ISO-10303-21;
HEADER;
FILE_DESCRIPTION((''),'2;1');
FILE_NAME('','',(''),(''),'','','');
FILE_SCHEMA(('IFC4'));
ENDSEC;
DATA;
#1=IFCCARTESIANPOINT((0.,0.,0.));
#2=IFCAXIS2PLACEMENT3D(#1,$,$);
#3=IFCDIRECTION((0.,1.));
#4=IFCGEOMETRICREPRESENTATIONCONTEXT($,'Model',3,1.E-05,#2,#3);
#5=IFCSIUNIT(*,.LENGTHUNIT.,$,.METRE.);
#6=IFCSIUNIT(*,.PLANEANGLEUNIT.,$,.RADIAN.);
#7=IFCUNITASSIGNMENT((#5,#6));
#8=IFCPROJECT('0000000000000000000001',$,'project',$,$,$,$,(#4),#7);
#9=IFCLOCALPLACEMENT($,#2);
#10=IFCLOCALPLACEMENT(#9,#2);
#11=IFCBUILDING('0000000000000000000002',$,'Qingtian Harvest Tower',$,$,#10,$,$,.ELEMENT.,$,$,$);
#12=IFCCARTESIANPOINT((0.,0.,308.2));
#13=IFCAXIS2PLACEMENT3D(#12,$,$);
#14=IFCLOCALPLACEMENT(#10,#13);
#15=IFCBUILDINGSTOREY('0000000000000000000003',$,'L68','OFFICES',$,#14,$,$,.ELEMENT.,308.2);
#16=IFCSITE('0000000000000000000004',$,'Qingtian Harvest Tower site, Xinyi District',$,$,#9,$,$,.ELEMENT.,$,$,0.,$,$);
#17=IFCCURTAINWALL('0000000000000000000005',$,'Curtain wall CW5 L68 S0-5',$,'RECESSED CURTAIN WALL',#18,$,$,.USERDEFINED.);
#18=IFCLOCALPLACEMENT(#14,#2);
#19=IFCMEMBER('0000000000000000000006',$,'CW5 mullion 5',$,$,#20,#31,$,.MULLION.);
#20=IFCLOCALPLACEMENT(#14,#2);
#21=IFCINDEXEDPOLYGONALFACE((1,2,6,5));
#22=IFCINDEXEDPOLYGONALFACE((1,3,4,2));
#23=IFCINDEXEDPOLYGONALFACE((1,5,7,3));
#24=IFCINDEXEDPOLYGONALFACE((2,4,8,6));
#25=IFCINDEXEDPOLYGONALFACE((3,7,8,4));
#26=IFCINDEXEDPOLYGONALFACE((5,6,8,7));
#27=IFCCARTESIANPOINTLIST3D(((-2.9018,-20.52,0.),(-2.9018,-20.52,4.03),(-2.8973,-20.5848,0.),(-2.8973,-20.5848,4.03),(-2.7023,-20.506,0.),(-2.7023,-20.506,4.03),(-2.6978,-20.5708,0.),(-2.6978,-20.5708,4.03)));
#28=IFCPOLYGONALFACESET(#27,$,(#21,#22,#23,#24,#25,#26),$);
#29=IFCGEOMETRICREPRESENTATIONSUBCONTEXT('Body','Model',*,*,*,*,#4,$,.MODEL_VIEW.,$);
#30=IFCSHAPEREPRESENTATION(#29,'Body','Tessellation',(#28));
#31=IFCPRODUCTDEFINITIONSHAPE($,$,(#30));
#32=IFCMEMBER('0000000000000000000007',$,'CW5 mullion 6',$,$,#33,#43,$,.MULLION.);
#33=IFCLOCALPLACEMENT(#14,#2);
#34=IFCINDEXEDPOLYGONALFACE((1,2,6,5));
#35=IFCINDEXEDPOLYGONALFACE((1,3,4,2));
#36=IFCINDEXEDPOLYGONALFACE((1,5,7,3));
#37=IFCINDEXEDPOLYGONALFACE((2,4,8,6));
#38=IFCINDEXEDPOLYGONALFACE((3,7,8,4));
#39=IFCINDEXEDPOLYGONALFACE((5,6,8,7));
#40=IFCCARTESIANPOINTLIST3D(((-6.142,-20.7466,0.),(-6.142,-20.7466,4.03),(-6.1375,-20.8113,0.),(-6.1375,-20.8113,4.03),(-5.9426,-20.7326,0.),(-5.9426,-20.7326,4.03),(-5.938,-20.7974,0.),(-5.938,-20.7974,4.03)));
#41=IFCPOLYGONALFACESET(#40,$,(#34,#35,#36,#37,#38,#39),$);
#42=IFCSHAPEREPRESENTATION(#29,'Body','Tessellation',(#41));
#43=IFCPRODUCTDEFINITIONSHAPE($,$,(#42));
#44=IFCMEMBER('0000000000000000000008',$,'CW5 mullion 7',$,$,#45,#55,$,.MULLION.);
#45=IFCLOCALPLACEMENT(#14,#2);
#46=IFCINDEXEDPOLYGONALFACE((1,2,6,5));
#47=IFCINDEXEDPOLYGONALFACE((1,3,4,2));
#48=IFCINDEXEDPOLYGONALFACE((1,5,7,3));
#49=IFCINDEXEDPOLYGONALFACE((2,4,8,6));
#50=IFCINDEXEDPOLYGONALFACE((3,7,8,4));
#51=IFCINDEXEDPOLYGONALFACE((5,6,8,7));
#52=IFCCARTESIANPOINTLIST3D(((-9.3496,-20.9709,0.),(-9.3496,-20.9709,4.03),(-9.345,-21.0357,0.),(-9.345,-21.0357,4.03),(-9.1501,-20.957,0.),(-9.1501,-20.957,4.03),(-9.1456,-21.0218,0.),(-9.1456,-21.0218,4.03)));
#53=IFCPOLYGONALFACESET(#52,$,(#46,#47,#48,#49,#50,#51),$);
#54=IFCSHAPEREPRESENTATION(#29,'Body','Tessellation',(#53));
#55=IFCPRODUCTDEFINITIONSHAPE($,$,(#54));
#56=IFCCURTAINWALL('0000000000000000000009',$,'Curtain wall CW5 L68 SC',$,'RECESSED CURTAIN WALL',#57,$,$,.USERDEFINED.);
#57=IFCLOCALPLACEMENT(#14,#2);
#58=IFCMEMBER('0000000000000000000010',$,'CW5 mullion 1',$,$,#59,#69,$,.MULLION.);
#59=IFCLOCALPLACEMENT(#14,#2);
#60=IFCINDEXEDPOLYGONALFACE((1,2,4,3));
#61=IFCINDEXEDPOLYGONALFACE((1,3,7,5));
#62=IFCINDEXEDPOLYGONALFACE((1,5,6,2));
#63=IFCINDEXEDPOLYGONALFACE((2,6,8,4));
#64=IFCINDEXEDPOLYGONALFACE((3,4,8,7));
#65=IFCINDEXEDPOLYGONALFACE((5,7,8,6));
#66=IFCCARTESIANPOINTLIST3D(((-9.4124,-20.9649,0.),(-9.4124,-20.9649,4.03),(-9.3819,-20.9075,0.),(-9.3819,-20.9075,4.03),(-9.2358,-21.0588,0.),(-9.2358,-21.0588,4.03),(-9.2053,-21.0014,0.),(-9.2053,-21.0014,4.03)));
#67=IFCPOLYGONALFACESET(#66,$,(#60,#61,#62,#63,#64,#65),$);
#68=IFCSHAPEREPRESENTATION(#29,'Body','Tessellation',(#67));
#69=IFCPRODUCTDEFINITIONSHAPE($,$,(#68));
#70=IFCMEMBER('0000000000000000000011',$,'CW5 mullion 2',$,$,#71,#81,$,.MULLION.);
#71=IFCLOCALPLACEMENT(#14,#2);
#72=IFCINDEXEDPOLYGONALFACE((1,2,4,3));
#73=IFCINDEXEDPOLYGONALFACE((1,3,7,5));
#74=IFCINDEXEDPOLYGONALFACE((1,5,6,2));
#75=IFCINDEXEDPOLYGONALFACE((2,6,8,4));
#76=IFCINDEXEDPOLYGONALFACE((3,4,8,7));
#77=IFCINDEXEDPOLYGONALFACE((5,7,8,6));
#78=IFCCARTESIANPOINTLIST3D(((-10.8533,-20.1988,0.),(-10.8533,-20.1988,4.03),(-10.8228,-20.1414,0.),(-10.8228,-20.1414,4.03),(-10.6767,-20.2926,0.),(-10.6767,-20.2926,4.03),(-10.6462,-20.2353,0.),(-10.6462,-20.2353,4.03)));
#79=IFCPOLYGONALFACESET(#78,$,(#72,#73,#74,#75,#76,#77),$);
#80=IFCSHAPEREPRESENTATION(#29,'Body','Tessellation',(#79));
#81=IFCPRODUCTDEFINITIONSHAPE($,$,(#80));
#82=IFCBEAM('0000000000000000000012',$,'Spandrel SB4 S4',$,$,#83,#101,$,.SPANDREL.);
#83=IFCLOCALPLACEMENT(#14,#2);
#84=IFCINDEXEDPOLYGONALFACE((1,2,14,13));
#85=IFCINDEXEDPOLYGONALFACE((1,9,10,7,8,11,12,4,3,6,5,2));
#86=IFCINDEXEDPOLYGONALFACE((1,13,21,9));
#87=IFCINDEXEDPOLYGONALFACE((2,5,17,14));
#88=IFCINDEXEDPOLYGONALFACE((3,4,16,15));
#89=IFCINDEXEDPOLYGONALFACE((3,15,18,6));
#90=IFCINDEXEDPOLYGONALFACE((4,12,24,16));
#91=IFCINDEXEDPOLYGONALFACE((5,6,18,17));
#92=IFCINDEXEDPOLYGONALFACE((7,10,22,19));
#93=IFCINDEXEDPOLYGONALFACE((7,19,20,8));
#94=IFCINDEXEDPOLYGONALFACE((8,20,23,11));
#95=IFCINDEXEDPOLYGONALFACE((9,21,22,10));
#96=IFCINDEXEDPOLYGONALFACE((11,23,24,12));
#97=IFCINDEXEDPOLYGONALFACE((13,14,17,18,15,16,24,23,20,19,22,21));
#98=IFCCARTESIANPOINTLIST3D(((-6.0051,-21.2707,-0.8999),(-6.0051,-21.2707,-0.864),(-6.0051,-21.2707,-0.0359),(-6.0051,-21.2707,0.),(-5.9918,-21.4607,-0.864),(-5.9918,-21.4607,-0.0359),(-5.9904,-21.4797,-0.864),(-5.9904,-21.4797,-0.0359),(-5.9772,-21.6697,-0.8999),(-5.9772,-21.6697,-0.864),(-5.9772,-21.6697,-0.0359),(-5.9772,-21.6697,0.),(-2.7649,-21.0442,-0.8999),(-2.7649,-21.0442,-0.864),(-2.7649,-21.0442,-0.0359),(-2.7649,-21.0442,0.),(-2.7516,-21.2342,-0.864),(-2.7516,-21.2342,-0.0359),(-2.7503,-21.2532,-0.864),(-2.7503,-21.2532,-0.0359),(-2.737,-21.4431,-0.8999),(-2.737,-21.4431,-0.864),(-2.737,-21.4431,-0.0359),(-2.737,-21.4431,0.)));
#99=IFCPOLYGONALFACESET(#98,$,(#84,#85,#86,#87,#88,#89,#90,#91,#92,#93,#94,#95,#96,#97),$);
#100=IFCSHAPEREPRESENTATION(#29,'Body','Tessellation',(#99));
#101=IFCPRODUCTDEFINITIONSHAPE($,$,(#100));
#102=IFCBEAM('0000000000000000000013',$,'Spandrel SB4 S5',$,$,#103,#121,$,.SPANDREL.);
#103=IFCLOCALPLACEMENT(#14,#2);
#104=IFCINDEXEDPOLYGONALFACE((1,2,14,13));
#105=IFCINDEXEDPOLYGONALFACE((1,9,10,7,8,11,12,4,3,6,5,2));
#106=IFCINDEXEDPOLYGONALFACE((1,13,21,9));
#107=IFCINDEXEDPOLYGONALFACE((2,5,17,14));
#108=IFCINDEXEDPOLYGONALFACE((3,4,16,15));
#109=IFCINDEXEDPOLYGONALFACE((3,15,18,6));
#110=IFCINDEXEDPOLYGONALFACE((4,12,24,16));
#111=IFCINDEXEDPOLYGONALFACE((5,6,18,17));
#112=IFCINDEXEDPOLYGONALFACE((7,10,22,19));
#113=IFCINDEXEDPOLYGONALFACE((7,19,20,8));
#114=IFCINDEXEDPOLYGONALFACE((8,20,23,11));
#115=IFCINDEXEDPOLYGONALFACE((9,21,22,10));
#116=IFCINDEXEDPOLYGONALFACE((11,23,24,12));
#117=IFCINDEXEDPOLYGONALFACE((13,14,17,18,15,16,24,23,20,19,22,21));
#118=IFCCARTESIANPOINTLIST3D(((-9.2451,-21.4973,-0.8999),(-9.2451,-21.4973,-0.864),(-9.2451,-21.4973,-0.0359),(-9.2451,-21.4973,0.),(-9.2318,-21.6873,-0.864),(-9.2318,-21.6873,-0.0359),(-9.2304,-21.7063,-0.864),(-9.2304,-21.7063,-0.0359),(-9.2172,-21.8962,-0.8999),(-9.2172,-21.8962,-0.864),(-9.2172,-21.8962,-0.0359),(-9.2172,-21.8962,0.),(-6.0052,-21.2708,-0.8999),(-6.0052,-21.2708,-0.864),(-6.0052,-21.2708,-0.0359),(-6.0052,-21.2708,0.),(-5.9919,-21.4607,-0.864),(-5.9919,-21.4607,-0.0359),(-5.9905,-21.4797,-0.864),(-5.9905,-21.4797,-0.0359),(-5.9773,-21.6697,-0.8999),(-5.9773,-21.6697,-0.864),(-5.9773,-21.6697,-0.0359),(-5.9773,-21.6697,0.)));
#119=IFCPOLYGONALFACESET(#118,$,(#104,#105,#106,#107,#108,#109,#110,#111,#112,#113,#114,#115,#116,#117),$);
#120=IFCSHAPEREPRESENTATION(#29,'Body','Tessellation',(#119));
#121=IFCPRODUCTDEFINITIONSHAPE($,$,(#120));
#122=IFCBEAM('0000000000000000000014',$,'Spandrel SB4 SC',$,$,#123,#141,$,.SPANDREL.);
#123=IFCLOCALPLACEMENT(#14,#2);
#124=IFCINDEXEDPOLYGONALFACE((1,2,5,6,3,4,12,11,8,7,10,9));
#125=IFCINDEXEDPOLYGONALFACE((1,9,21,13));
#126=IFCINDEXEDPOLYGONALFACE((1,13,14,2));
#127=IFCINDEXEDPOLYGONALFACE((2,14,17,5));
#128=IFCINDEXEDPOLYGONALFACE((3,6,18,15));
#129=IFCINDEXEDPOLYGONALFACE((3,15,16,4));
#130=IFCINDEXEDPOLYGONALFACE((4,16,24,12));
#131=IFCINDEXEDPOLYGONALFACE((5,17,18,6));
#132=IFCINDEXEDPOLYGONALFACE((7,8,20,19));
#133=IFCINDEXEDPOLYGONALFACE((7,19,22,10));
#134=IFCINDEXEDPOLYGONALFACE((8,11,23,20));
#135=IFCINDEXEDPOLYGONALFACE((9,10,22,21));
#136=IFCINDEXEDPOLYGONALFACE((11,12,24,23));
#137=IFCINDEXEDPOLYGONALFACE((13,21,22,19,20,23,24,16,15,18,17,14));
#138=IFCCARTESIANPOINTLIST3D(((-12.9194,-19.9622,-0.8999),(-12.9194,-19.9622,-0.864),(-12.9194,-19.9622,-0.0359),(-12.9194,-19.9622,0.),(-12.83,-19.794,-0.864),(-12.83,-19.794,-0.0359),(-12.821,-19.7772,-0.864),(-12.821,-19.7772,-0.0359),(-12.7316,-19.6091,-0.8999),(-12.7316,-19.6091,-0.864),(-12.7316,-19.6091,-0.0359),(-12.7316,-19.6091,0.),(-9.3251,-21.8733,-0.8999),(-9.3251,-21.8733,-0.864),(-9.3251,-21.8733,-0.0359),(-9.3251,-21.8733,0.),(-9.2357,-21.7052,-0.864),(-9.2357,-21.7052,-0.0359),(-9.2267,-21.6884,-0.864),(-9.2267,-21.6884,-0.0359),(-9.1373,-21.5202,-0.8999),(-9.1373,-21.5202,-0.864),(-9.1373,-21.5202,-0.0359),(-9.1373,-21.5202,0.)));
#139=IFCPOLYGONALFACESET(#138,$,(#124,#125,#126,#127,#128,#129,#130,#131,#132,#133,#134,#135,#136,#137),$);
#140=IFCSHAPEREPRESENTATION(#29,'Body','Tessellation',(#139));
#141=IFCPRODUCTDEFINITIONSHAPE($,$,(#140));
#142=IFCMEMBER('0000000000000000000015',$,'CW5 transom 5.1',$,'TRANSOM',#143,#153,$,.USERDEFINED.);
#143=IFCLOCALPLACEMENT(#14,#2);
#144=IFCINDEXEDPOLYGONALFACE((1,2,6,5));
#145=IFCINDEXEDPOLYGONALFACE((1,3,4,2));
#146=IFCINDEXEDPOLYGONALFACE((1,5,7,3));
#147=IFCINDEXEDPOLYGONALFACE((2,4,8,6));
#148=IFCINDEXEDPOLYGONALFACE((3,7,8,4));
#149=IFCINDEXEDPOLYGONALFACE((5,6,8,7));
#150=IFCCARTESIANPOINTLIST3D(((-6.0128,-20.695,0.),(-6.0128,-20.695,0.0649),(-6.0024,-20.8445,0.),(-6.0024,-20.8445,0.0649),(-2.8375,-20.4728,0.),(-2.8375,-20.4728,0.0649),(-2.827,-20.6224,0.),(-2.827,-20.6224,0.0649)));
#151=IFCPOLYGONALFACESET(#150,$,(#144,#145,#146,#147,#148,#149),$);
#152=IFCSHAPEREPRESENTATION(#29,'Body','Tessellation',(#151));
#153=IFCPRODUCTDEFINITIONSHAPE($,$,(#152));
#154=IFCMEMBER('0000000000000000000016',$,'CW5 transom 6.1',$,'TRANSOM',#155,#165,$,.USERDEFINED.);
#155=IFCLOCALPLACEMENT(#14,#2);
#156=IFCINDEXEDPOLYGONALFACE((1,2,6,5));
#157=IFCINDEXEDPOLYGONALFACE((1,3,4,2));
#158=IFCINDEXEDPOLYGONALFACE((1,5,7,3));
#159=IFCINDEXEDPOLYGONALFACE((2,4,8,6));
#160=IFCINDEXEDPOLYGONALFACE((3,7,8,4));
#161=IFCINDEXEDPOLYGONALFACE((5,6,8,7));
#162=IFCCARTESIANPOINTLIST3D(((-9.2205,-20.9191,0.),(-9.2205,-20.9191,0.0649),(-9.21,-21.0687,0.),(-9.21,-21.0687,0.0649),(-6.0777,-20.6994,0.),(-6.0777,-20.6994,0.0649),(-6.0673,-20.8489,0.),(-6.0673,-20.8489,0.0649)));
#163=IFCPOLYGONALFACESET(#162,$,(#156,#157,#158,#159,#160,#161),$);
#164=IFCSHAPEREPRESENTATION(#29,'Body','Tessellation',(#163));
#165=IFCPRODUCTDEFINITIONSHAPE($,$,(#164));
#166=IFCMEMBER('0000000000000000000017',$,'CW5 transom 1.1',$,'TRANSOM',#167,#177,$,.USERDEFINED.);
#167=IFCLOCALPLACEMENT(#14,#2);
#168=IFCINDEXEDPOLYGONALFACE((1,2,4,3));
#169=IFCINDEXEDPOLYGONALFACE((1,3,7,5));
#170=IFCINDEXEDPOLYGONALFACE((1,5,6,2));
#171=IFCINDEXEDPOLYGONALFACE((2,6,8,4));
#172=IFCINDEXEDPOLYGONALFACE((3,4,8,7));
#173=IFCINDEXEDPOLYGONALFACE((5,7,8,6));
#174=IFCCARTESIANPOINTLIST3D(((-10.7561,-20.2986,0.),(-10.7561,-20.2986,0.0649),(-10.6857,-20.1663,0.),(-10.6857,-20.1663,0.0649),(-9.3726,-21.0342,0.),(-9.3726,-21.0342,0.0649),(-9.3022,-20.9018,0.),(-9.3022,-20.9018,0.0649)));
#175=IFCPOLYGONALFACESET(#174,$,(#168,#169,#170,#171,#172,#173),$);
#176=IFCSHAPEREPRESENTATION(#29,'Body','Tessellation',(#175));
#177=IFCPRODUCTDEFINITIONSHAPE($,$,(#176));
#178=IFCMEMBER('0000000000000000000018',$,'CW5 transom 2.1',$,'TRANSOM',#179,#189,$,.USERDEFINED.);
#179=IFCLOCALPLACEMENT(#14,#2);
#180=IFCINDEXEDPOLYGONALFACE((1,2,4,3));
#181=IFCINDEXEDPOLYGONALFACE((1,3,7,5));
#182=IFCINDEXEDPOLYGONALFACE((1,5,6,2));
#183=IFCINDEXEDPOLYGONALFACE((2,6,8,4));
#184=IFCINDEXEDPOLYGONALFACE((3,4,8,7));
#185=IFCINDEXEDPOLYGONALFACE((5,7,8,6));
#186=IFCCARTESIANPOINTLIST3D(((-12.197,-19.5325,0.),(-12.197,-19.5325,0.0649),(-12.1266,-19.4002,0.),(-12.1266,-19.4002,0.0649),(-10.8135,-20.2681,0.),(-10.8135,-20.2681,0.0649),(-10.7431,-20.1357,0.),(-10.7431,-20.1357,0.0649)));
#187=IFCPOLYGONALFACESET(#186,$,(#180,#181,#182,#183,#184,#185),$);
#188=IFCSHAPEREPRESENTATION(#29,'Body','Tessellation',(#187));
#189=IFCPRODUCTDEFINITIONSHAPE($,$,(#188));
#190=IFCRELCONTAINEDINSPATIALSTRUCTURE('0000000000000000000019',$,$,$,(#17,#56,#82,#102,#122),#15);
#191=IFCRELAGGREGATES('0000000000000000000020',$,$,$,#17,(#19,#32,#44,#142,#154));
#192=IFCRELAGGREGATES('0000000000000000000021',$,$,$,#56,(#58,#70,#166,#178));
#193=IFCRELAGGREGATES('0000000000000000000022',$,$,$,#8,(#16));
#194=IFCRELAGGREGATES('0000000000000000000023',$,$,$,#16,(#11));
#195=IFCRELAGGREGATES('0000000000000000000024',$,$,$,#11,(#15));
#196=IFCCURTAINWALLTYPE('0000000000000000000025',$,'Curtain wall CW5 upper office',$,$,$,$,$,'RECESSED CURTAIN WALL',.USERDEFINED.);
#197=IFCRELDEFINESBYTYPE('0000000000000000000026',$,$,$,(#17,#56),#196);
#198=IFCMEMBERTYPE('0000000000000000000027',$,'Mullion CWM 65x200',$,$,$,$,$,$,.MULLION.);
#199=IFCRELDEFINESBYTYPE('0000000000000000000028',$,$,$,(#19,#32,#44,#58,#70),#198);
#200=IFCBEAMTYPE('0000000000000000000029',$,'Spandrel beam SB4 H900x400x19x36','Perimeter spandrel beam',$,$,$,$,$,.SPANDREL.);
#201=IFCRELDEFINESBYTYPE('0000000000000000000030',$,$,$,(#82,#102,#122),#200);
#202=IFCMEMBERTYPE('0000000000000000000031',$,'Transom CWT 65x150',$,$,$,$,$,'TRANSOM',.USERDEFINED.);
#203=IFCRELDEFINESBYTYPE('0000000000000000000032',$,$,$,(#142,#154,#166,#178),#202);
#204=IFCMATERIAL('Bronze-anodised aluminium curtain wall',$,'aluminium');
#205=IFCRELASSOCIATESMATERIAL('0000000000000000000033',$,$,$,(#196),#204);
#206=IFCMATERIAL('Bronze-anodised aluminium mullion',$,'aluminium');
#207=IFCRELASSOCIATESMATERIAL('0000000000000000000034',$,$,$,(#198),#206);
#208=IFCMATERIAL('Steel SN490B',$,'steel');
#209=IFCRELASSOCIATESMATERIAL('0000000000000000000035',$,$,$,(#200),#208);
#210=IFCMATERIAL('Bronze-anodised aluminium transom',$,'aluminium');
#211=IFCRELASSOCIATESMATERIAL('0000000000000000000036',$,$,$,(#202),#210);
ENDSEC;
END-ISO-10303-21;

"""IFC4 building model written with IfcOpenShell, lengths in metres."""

from ifc_helpers import new_model, si_unit, direction, frame, origin, origin_2d, place, context, subcontext, project, spatial, rectangle, i_section, extrude, material, material_profile, profile_set, type_object, element, aggregate, save


model = new_model("IFC4")

# Units and contexts
model_context = context("Model", 3, precision=1e-05, world=origin(), true_north=direction((0.0, 1.0)))
body_context = subcontext(model_context, "Body", "Model", "MODEL_VIEW")
ifc_project = project(units=[si_unit("LENGTHUNIT", "METRE"), si_unit("PLANEANGLEUNIT", "RADIAN")], contexts=[model_context])

# Site, building, storey
site_placement = place(None, origin())
site = spatial("IfcSite", under=ifc_project, at=site_placement, Name="Qingtian Harvest Tower site, Xinyi District", CompositionType="ELEMENT", RefElevation=0.0)
building_placement = place(site_placement, origin())
building = spatial("IfcBuilding", under=site, at=building_placement, Name="Qingtian Harvest Tower", CompositionType="ELEMENT")
storey_placement = place(building_placement, frame((0.0, 0.0, 308.2)))
storey = spatial("IfcBuildingStorey", under=building, at=storey_placement, Name="L68", Description="OFFICES", CompositionType="ELEMENT", Elevation=308.2)

# Curtain walls, members
ifc_material_1 = material(Name="Bronze-anodised aluminium curtain wall", Category="aluminium")
curtain_wall_type = type_object("IfcCurtainWallType", Name="Curtain wall CW5 upper office", ElementType="RECESSED CURTAIN WALL", PredefinedType="USERDEFINED", material=ifc_material_1)
curtain_wall_1_placement = place(storey_placement, origin())
curtain_wall_1 = element("IfcCurtainWall", 1, at=curtain_wall_1_placement, inside=storey, type_object=curtain_wall_type, Name="Curtain wall CW5 L68 S0-5", ObjectType="RECESSED CURTAIN WALL", PredefinedType="USERDEFINED")
ifc_material_2 = material(Name="Bronze-anodised aluminium mullion", Category="aluminium")
ifc_material_profile_1 = material_profile(ifc_material_2, rectangle(XDim=0.0649, YDim=0.2, at=origin_2d()), Name="AL 65x200")
ifc_profile_set_1 = profile_set([ifc_material_profile_1], Name="Bronze-anodised aluminium mullion")
member_type_1 = type_object("IfcMemberType", Name="Mullion CWM 65x200", PredefinedType="MULLION", material=ifc_profile_set_1)
member_1_placement = place(storey_placement, frame((-2.7998, -20.5454, 0.0), z_axis=(0.0, 0.0, 1.0), x_axis=(0.069756, -0.997564, 0.0)))
member_1 = element("IfcMember", 2, at=member_1_placement, type_object=member_type_1, Name="CW5 mullion 5", PredefinedType="MULLION", context=body_context, shape_type="SweptSolid", body=[
    extrude(rectangle(XDim=0.0649, YDim=0.2, at=origin_2d()), origin(), (0.0, 0.0, 1.0), 4.03),
])
member_2_placement = place(storey_placement, frame((-6.04, -20.772, 0.0), z_axis=(0.0, 0.0, 1.0), x_axis=(0.069756, -0.997564, 0.0)))
member_2 = element("IfcMember", 3, at=member_2_placement, type_object=member_type_1, Name="CW5 mullion 6", PredefinedType="MULLION", context=body_context, shape_type="SweptSolid", body=[
    extrude(rectangle(XDim=0.0649, YDim=0.2, at=origin_2d()), origin(), (0.0, 0.0, 1.0), 4.03),
])
member_3_placement = place(storey_placement, frame((-9.2476, -20.9963, 0.0), z_axis=(0.0, 0.0, 1.0), x_axis=(0.069756, -0.997564, 0.0)))
member_3 = element("IfcMember", 4, at=member_3_placement, type_object=member_type_1, Name="CW5 mullion 7", PredefinedType="MULLION", context=body_context, shape_type="SweptSolid", body=[
    extrude(rectangle(XDim=0.0649, YDim=0.2, at=origin_2d()), origin(), (0.0, 0.0, 1.0), 4.03),
])
curtain_wall_2_placement = place(storey_placement, origin())
curtain_wall_2 = element("IfcCurtainWall", 5, at=curtain_wall_2_placement, inside=storey, type_object=curtain_wall_type, Name="Curtain wall CW5 L68 SC", ObjectType="RECESSED CURTAIN WALL", PredefinedType="USERDEFINED")
member_4_placement = place(storey_placement, frame((-9.3088, -20.9832, 0.0), z_axis=(0.0, 0.0, 1.0), x_axis=(-0.469472, -0.882948, 0.0)))
member_4 = element("IfcMember", 6, at=member_4_placement, type_object=member_type_1, Name="CW5 mullion 1", PredefinedType="MULLION", context=body_context, shape_type="SweptSolid", body=[
    extrude(rectangle(XDim=0.0649, YDim=0.2, at=origin_2d()), origin(), (0.0, 0.0, 1.0), 4.03),
])
member_5_placement = place(storey_placement, frame((-10.7498, -20.217, 0.0), z_axis=(0.0, 0.0, 1.0), x_axis=(-0.469472, -0.882948, 0.0)))
member_5 = element("IfcMember", 7, at=member_5_placement, type_object=member_type_1, Name="CW5 mullion 2", PredefinedType="MULLION", context=body_context, shape_type="SweptSolid", body=[
    extrude(rectangle(XDim=0.0649, YDim=0.2, at=origin_2d()), origin(), (0.0, 0.0, 1.0), 4.03),
])

# Beams
ifc_material_3 = material(Name="Steel SN490B", Category="steel")
ifc_material_profile_2 = material_profile(ifc_material_3, i_section(OverallWidth=0.3999, OverallDepth=0.8999, WebThickness=0.019, FlangeThickness=0.0359, at=origin_2d()), Name="H900x400x19x36")
ifc_profile_set_2 = profile_set([ifc_material_profile_2], Name="Steel SN490B")
beam_type_1 = type_object("IfcBeamType", Name="Spandrel beam SB4 H900x400x19x36", Description="Perimeter spandrel beam", PredefinedType="SPANDREL", material=ifc_profile_set_2)
beam_1_placement = place(storey_placement, frame((-2.751, -21.2437, -0.45), z_axis=(-0.997564, -0.069751, 0.0), x_axis=(0.069751, -0.997564, 0.0)))
element("IfcBeam", 8, at=beam_1_placement, inside=storey, type_object=beam_type_1, Name="Spandrel SB4 S4", PredefinedType="SPANDREL", context=body_context, shape_type="SweptSolid", body=[
    extrude(i_section(OverallWidth=0.3999, OverallDepth=0.8999, WebThickness=0.019, FlangeThickness=0.0359, at=origin_2d()), origin(), (0.0, 0.0, 1.0), 3.248),
])
beam_2_placement = place(storey_placement, frame((-5.9912, -21.4702, -0.45), z_axis=(-0.997564, -0.069757, 0.0), x_axis=(0.069757, -0.997564, 0.0)))
element("IfcBeam", 9, at=beam_2_placement, inside=storey, type_object=beam_type_1, Name="Spandrel SB4 S5", PredefinedType="SPANDREL", context=body_context, shape_type="SweptSolid", body=[
    extrude(i_section(OverallWidth=0.3999, OverallDepth=0.8999, WebThickness=0.019, FlangeThickness=0.0359, at=origin_2d()), origin(), (0.0, 0.0, 1.0), 3.2478),
])
beam_3_placement = place(storey_placement, frame((-9.2312, -21.6968, -0.45), z_axis=(-0.882943, 0.46948, 0.0), x_axis=(-0.46948, -0.882943, 0.0)))
element("IfcBeam", 10, at=beam_3_placement, inside=storey, type_object=beam_type_1, Name="Spandrel SB4 SC", PredefinedType="SPANDREL", context=body_context, shape_type="SweptSolid", body=[
    extrude(i_section(OverallWidth=0.3999, OverallDepth=0.8999, WebThickness=0.019, FlangeThickness=0.0359, at=origin_2d()), origin(), (0.0, 0.0, 1.0), 4.0708),
])

# Members
ifc_material_4 = material(Name="Bronze-anodised aluminium transom", Category="aluminium")
ifc_material_profile_3 = material_profile(ifc_material_4, rectangle(XDim=0.1499, YDim=0.0649, at=origin_2d()), Name="AL 65x150")
ifc_profile_set_3 = profile_set([ifc_material_profile_3], Name="Bronze-anodised aluminium transom")
member_type_2 = type_object("IfcMemberType", Name="Transom CWT 65x150", ElementType="TRANSOM", PredefinedType="USERDEFINED", material=ifc_profile_set_3)
member_6_placement = place(storey_placement, frame((-2.8323, -20.5476, 0.0325), z_axis=(-0.997561, -0.069797, 0.0), x_axis=(0.069797, -0.997561, 0.0)))
member_6 = element("IfcMember", 11, at=member_6_placement, type_object=member_type_2, Name="CW5 transom 5.1", ObjectType="TRANSOM", PredefinedType="USERDEFINED", context=body_context, shape_type="SweptSolid", body=[
    extrude(rectangle(XDim=0.1499, YDim=0.0649, at=origin_2d()), origin(), (0.0, 0.0, 1.0), 3.1831),
])
member_7_placement = place(storey_placement, frame((-6.0725, -20.7742, 0.0325), z_axis=(-0.997565, -0.069744, 0.0), x_axis=(0.069744, -0.997565, 0.0)))
member_7 = element("IfcMember", 12, at=member_7_placement, type_object=member_type_2, Name="CW5 transom 6.1", ObjectType="TRANSOM", PredefinedType="USERDEFINED", context=body_context, shape_type="SweptSolid", body=[
    extrude(rectangle(XDim=0.1499, YDim=0.0649, at=origin_2d()), origin(), (0.0, 0.0, 1.0), 3.1504),
])
member_8_placement = place(storey_placement, frame((-9.3374, -20.968, 0.0325), z_axis=(-0.88296, 0.469448, 0.0), x_axis=(-0.469448, -0.88296, 0.0)))
member_8 = element("IfcMember", 13, at=member_8_placement, type_object=member_type_2, Name="CW5 transom 1.1", ObjectType="TRANSOM", PredefinedType="USERDEFINED", context=body_context, shape_type="SweptSolid", body=[
    extrude(rectangle(XDim=0.1499, YDim=0.0649, at=origin_2d()), origin(), (0.0, 0.0, 1.0), 1.5669),
])
member_9_placement = place(storey_placement, frame((-10.7783, -20.2019, 0.0325), z_axis=(-0.88296, 0.469448, 0.0), x_axis=(-0.469448, -0.88296, 0.0)))
member_9 = element("IfcMember", 14, at=member_9_placement, type_object=member_type_2, Name="CW5 transom 2.1", ObjectType="TRANSOM", PredefinedType="USERDEFINED", context=body_context, shape_type="SweptSolid", body=[
    extrude(rectangle(XDim=0.1499, YDim=0.0649, at=origin_2d()), origin(), (0.0, 0.0, 1.0), 1.5669),
])

aggregate(curtain_wall_1, [member_1, member_2, member_3, member_6, member_7])
aggregate(curtain_wall_2, [member_4, member_5, member_8, member_9])

save(model, "model.ifc")
